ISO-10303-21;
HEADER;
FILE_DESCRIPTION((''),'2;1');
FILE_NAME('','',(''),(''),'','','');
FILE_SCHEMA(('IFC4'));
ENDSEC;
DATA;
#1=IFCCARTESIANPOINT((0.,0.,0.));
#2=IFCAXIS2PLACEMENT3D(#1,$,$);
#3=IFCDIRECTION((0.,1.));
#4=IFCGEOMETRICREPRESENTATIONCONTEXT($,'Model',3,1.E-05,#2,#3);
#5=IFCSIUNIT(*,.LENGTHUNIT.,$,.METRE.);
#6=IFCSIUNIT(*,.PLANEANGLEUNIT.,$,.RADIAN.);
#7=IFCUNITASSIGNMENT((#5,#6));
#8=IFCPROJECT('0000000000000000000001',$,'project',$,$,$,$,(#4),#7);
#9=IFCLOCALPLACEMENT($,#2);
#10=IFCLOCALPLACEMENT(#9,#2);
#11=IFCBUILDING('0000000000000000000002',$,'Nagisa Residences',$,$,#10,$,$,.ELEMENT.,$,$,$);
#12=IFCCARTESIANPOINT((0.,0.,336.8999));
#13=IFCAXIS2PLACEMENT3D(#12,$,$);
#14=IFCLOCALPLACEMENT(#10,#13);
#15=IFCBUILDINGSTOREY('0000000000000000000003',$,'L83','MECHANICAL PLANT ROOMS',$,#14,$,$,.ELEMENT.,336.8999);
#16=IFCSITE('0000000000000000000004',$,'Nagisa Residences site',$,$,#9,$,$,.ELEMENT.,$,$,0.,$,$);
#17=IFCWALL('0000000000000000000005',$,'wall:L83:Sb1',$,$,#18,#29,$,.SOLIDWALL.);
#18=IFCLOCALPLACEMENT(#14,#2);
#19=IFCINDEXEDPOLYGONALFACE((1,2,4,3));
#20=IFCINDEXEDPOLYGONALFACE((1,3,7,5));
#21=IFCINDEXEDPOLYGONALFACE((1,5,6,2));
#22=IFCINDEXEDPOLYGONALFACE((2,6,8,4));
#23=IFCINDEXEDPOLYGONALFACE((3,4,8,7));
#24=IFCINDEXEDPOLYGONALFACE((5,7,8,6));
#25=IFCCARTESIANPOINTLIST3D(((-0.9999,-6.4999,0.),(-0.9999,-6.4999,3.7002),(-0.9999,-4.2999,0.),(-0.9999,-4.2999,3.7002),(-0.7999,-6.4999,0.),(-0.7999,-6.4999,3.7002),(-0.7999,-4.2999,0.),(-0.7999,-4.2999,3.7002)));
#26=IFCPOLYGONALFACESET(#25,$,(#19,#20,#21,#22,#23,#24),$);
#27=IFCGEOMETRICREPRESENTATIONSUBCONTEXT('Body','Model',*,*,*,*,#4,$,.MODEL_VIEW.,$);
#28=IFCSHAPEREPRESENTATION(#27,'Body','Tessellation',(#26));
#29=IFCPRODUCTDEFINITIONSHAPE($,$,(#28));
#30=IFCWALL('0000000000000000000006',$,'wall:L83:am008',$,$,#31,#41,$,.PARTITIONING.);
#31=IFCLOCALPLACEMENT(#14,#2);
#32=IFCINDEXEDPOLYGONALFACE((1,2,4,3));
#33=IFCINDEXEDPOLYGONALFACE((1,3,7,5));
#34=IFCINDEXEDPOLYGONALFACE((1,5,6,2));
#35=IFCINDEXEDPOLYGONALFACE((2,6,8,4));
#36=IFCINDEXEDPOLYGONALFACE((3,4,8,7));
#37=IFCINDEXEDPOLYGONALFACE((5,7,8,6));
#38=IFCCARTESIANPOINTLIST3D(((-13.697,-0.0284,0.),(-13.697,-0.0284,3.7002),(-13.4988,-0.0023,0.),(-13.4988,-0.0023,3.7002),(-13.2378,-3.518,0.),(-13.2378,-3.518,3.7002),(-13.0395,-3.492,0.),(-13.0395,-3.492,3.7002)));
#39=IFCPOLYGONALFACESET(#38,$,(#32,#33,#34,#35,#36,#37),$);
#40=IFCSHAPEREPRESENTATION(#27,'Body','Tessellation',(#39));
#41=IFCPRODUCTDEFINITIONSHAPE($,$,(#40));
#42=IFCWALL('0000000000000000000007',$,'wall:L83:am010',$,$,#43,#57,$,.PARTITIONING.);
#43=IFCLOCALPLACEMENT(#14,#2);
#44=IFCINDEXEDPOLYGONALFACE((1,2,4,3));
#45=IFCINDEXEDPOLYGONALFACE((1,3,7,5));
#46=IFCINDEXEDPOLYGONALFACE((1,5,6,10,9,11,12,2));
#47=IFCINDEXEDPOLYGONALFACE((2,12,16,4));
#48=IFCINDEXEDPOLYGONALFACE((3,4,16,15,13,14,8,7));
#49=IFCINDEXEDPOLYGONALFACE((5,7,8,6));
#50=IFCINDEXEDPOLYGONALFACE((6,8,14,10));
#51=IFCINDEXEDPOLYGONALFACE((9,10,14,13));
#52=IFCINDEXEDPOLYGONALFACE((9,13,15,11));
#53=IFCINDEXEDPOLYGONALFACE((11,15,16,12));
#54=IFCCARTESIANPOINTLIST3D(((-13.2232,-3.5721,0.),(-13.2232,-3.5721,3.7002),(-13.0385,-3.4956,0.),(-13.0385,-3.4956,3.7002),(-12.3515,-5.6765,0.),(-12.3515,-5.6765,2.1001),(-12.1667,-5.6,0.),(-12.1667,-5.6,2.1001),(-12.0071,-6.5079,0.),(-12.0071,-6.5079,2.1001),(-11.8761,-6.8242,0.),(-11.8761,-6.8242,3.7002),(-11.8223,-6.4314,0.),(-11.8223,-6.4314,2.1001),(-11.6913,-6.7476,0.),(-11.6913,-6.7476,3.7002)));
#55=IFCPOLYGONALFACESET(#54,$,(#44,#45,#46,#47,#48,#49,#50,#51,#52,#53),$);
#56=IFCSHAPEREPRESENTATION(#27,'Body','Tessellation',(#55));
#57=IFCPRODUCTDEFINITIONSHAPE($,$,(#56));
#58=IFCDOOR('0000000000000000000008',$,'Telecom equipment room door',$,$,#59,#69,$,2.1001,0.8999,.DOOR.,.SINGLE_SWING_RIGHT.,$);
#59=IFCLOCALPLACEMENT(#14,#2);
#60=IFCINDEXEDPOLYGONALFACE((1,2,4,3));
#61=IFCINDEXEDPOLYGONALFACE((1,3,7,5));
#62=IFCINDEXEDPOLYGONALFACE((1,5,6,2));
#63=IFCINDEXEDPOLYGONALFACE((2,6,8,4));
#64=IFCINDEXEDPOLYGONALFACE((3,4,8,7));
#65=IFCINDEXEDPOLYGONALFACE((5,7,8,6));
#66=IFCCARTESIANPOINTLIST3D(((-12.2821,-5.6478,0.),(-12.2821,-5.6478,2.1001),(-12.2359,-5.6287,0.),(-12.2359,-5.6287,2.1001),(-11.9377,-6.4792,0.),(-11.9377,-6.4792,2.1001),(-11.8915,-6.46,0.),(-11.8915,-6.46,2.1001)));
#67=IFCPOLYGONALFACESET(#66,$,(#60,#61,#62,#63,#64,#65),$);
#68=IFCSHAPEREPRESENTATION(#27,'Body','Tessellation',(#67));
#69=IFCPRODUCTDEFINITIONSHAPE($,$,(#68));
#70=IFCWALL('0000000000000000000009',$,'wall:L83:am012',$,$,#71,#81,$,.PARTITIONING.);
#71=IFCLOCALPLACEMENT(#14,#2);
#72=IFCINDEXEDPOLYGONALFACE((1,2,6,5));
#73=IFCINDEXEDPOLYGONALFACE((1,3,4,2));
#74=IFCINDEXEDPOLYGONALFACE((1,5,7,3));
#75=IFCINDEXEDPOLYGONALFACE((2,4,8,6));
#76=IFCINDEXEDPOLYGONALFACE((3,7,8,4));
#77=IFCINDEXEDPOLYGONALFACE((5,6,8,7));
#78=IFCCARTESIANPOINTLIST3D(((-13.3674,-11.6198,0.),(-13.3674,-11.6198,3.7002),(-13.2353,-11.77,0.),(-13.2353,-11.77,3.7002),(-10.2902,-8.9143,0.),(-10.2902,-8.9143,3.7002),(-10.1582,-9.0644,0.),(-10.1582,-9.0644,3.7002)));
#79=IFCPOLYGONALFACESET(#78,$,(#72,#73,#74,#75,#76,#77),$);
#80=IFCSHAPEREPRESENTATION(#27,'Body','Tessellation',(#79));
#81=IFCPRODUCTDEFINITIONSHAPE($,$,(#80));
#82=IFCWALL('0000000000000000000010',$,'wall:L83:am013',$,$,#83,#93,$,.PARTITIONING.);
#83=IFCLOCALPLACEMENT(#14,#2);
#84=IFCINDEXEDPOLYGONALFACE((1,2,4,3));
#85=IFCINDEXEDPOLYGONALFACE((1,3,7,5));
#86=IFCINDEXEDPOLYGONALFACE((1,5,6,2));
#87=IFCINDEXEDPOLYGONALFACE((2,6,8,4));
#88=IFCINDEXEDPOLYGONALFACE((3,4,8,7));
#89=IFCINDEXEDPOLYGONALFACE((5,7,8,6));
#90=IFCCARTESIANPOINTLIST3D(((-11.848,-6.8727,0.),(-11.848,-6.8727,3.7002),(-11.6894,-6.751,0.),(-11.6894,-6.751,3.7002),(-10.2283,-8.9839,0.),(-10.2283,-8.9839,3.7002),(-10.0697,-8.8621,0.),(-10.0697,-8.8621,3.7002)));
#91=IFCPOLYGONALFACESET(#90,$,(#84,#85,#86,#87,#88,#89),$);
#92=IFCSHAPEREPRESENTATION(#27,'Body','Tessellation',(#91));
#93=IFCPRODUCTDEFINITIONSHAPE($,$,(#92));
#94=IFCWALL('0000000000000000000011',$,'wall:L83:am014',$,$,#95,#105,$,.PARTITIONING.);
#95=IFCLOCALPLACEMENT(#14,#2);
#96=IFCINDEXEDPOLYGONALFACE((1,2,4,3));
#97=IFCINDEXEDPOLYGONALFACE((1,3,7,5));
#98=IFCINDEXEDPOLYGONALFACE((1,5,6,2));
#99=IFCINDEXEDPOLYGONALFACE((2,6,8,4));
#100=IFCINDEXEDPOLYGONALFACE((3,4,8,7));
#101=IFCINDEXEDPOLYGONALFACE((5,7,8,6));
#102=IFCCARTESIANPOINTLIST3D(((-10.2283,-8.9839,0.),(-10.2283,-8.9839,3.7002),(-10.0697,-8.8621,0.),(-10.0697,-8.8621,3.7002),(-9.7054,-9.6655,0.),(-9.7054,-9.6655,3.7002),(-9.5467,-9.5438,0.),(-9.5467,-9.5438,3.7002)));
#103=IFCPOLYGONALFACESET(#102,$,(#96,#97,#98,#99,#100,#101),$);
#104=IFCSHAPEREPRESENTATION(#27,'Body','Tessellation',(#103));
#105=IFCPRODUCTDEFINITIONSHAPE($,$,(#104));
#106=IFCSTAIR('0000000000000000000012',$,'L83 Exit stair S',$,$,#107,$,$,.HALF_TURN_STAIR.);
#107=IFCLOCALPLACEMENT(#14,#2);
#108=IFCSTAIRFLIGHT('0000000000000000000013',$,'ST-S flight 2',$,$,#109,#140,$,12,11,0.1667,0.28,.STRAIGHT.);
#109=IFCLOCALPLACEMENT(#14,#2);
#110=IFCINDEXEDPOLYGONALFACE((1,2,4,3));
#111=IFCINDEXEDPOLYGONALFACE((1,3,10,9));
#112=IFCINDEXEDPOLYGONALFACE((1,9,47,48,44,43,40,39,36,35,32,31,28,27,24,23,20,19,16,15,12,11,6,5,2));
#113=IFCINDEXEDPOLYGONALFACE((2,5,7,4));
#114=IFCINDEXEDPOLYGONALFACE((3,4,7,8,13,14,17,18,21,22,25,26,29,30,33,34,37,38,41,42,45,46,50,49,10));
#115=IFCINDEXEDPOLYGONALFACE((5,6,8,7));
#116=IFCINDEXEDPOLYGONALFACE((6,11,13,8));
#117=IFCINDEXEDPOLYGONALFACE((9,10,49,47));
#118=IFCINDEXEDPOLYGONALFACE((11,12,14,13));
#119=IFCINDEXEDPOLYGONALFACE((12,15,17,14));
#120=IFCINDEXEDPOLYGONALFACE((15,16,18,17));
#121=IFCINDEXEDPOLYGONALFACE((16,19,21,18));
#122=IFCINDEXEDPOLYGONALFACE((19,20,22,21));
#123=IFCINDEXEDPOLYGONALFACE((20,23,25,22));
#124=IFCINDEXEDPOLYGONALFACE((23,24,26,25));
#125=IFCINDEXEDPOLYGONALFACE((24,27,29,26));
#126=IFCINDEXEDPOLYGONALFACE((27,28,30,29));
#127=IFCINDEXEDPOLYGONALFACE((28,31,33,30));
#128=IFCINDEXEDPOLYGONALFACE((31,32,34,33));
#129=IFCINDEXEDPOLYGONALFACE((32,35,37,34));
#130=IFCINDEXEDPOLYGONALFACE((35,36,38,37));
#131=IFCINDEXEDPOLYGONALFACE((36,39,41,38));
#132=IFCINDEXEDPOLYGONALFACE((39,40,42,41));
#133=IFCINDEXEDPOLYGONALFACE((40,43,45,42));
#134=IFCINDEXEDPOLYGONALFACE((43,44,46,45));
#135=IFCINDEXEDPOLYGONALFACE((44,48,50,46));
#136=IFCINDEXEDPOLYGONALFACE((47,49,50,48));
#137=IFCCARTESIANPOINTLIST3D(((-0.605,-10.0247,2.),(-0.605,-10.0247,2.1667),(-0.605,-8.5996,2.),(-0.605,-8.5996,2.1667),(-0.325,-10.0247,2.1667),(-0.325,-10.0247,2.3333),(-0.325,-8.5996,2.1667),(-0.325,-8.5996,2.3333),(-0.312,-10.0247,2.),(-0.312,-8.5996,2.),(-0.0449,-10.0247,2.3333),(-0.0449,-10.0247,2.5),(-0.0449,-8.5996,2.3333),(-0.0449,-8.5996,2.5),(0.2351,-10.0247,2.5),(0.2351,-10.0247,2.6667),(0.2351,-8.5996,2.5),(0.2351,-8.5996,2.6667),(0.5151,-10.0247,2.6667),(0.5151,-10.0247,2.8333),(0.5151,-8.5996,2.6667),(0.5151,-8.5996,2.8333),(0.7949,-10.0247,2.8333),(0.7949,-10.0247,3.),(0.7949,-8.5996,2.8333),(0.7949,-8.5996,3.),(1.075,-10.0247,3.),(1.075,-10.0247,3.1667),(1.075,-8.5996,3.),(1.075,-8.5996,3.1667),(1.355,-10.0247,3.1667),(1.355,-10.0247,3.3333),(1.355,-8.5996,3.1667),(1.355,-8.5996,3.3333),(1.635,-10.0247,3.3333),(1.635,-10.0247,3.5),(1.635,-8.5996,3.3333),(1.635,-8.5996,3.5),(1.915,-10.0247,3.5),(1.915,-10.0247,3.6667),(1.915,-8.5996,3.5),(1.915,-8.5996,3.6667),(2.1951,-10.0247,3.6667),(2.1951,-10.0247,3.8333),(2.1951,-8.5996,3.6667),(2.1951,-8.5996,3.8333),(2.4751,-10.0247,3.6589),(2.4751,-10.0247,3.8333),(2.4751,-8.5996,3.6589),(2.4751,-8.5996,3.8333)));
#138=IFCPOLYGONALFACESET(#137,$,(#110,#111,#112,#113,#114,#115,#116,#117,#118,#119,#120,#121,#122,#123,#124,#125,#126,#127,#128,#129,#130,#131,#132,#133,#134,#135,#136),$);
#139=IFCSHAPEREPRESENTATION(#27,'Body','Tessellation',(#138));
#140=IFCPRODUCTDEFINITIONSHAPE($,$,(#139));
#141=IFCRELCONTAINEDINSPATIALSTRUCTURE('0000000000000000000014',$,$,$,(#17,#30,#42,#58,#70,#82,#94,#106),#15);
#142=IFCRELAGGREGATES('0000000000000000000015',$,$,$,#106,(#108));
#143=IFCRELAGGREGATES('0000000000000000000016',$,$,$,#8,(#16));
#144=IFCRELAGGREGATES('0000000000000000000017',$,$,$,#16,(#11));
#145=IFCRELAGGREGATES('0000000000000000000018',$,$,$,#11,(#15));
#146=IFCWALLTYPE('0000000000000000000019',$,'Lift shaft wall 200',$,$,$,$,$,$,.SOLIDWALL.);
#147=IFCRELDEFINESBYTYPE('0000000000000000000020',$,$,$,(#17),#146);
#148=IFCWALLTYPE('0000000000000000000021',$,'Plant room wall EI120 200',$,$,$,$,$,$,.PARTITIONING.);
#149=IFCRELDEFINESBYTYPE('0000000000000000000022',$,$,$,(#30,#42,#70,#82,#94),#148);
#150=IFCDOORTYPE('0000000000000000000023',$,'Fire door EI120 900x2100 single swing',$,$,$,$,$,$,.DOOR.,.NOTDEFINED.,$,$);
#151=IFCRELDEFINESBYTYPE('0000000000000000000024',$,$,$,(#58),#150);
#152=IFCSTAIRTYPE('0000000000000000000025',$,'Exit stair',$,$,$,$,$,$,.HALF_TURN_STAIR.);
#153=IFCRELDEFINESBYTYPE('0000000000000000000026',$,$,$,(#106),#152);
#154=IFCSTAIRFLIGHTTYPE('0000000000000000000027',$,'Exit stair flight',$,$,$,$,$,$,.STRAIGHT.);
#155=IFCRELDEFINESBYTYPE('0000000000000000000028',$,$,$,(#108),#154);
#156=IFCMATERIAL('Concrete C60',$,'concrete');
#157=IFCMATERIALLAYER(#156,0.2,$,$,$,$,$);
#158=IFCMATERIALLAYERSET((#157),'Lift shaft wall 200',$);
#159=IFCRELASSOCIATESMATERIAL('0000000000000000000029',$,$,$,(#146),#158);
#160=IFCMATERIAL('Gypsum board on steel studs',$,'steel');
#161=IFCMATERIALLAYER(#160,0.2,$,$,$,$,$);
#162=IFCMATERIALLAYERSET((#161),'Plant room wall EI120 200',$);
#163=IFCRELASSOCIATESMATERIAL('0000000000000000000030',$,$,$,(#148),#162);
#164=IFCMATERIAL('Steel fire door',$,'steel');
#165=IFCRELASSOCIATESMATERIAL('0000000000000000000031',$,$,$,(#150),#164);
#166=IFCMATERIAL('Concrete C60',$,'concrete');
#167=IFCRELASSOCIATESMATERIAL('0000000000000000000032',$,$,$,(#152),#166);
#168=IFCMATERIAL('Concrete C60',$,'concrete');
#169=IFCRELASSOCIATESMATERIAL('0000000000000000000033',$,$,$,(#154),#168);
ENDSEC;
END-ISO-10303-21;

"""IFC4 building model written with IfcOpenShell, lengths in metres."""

from ifc_helpers import new_model, si_unit, direction, frame, frame_2d, origin, place, context, subcontext, project, spatial, polyline, rectangle, outline, extrude, material, layer, layer_set, type_object, element, fill, aggregate, save


model = new_model("IFC4")

# Units and contexts
model_context = context("Model", 3, precision=1e-05, world=origin(), true_north=direction((0.0, 1.0)))
body_context = subcontext(model_context, "Body", "Model", "MODEL_VIEW")
ifc_project = project(units=[si_unit("LENGTHUNIT", "METRE"), si_unit("PLANEANGLEUNIT", "RADIAN")], contexts=[model_context])

# Site, building, storey
site_placement = place(None, origin())
site = spatial("IfcSite", under=ifc_project, at=site_placement, Name="Nagisa Residences site", CompositionType="ELEMENT", RefElevation=0.0)
building_placement = place(site_placement, origin())
building = spatial("IfcBuilding", under=site, at=building_placement, Name="Nagisa Residences", CompositionType="ELEMENT")
storey_placement = place(building_placement, frame((0.0, 0.0, 336.8999)))
storey = spatial("IfcBuildingStorey", under=building, at=storey_placement, Name="L83", Description="MECHANICAL PLANT ROOMS", CompositionType="ELEMENT", Elevation=336.8999)

# Shared definitions
ifc_material_1 = material(Name="Concrete C60", Category="concrete")
ifc_layer_1 = layer(ifc_material_1, 0.2)
ifc_layer_set_1 = layer_set([ifc_layer_1], Name="Lift shaft wall 200")
wall_type_1 = type_object("IfcWallType", Name="Lift shaft wall 200", PredefinedType="SOLIDWALL", material=ifc_layer_set_1)

# Walls
wall_1_placement = place(storey_placement, frame((-0.8999, -6.5, 0.0), z_axis=(0.0, 0.0, 1.0), x_axis=(0.0, 1.0, 0.0)))
element("IfcWall", 1, at=wall_1_placement, inside=storey, type_object=wall_type_1, Name="wall:L83:Sb1", PredefinedType="SOLIDWALL", context=body_context, shape_type="SweptSolid", body=[
    extrude(rectangle(XDim=2.2, YDim=0.2, at=frame_2d((1.1001, 0.0))), origin(), (0.0, 0.0, 1.0), 3.7002),
])
ifc_material_2 = material(Name="Gypsum board on steel studs", Category="steel")
ifc_layer_2 = layer(ifc_material_2, 0.2)
ifc_layer_set_2 = layer_set([ifc_layer_2], Name="Plant room wall EI120 200")
wall_type_2 = type_object("IfcWallType", Name="Plant room wall EI120 200", PredefinedType="PARTITIONING", material=ifc_layer_set_2)
wall_2_placement = place(storey_placement, frame((-13.1387, -3.5049, 0.0), z_axis=(0.0, 0.0, 1.0), x_axis=(-0.130469, 0.991452, 0.0)))
element("IfcWall", 2, at=wall_2_placement, inside=storey, type_object=wall_type_2, Name="wall:L83:am008", PredefinedType="PARTITIONING", context=body_context, shape_type="SweptSolid", body=[
    extrude(rectangle(XDim=3.5198, YDim=0.2, at=frame_2d((1.7598, 0.0))), origin(), (0.0, 0.0, 1.0), 3.7002),
])

# Wall, opening, door
wall_3_placement = place(storey_placement, frame((-11.7837, -6.7859, 0.0), z_axis=(0.0, 0.0, 1.0), x_axis=(-0.382723, 0.923863, 0.0)))
wall_3 = element("IfcWall", 3, at=wall_3_placement, inside=storey, type_object=wall_type_2, Name="wall:L83:am010", PredefinedType="PARTITIONING", context=body_context, shape_type="SweptSolid", body=[
    extrude(rectangle(XDim=3.52, YDim=0.2, at=frame_2d((1.76, 0.0))), origin(), (0.0, 0.0, 1.0), 3.7002),
])
opening_1_placement = place(wall_3_placement, frame((0.3423, 0.0, 0.0)))
opening_1 = element("IfcOpeningElement", 4, at=opening_1_placement, cuts=wall_3, PredefinedType="OPENING", context=body_context, shape_type="SweptSolid", body=[
    extrude(rectangle(XDim=0.8999, YDim=2.1001, at=frame_2d((0.45, 1.05))), frame((0.0, 0.1099, 0.0), z_axis=(0.0, -1.0, 0.0), x_axis=(1.0, 0.0, 0.0)), (0.0, 0.0, 1.0), 0.22),
])
ifc_material_3 = material(Name="Steel fire door", Category="steel")
door_type_1 = type_object("IfcDoorType", Name="Fire door EI120 900x2100 single swing", OperationType="NOTDEFINED", PredefinedType="DOOR", material=ifc_material_3)
door_1_placement = place(opening_1_placement, origin())
door_1 = element("IfcDoor", 5, at=door_1_placement, inside=storey, type_object=door_type_1, Name="Telecom equipment room door", OperationType="SINGLE_SWING_RIGHT", OverallHeight=2.1001, OverallWidth=0.8999, PredefinedType="DOOR", context=body_context, shape_type="SweptSolid", body=[
    extrude(rectangle(XDim=0.8999, YDim=2.1001, at=frame_2d((0.45, 1.05))), frame((0.0, 0.0249, 0.0), z_axis=(0.0, -1.0, 0.0), x_axis=(1.0, 0.0, 0.0)), (0.0, 0.0, 1.0), 0.05),
])
fill(opening_1, door_1)

# Walls
wall_4_placement = place(storey_placement, frame((-10.2241, -8.9893, 0.0), z_axis=(0.0, 0.0, 1.0), x_axis=(-0.750995, -0.660308, 0.0)))
element("IfcWall", 6, at=wall_4_placement, inside=storey, type_object=wall_type_2, Name="wall:L83:am012", PredefinedType="PARTITIONING", context=body_context, shape_type="SweptSolid", body=[
    extrude(rectangle(XDim=4.0974, YDim=0.2, at=frame_2d((2.0488, 0.0))), origin(), (0.0, 0.0, 1.0), 3.7002),
])
wall_5_placement = place(storey_placement, frame((-10.1489, -8.9231, 0.0), z_axis=(0.0, 0.0, 1.0), x_axis=(-0.608699, 0.793401, 0.0)))
element("IfcWall", 7, at=wall_5_placement, inside=storey, type_object=wall_type_2, Name="wall:L83:am013", PredefinedType="PARTITIONING", context=body_context, shape_type="SweptSolid", body=[
    extrude(rectangle(XDim=2.6609, YDim=0.2, at=frame_2d((1.3306, 0.0))), origin(), (0.0, 0.0, 1.0), 3.7002),
])
wall_6_placement = place(storey_placement, frame((-9.626, -9.6047, 0.0), z_axis=(0.0, 0.0, 1.0), x_axis=(-0.608694, 0.793405, 0.0)))
element("IfcWall", 8, at=wall_6_placement, inside=storey, type_object=wall_type_2, Name="wall:L83:am014", PredefinedType="PARTITIONING", context=body_context, shape_type="SweptSolid", body=[
    extrude(rectangle(XDim=0.8591, YDim=0.2, at=frame_2d((0.4297, 0.0))), origin(), (0.0, 0.0, 1.0), 3.7002),
])

# Stair, stair flight
ifc_material_4 = material(Name="Concrete C60", Category="concrete")
stair_type = type_object("IfcStairType", Name="Exit stair", PredefinedType="HALF_TURN_STAIR", material=ifc_material_4)
stair_placement = place(storey_placement, origin())
stair = element("IfcStair", 9, at=stair_placement, inside=storey, type_object=stair_type, Name="L83 Exit stair S", PredefinedType="HALF_TURN_STAIR")
ifc_material_5 = material(Name="Concrete C60", Category="concrete")
stair_flight_type = type_object("IfcStairFlightType", Name="Exit stair flight", PredefinedType="STRAIGHT", material=ifc_material_5)
stair_flight_placement = place(storey_placement, frame((-0.605, -9.312, 2.0), z_axis=(0.0, 0.0, 1.0), x_axis=(1.0, 0.0, 0.0)))
stair_flight = element("IfcStairFlight", 10, at=stair_flight_placement, type_object=stair_flight_type, Name="ST-S flight 2", NumberOfRisers=12, NumberOfTreads=11, PredefinedType="STRAIGHT", RiserHeight=0.1667, TreadLength=0.28, context=body_context, shape_type="SweptSolid", body=[
    extrude(outline(polyline([(0.0, 0.0), (0.0, 0.1667), (0.28, 0.1667), (0.28, 0.3333), (0.5601, 0.3333), (0.5601, 0.5), (0.8401, 0.5), (0.8401, 0.6667), (1.1201, 0.6667), (1.1201, 0.8333), (1.3999, 0.8333), (1.3999, 1.0), (1.6799, 1.0), (1.6799, 1.1667), (1.96, 1.1667), (1.96, 1.3333), (2.24, 1.3333), (2.24, 1.5), (2.52, 1.5), (2.52, 1.6667), (2.8, 1.6667), (2.8, 1.8333), (3.0801, 1.8333), (3.0801, 2.0), (3.0801, 1.6589), (0.293, 0.0), (0.0, 0.0)])), frame((0.0, 0.7124, 0.0), z_axis=(0.0, -1.0, 0.0), x_axis=(1.0, 0.0, 0.0)), (0.0, 0.0, 1.0), 1.425),
])
aggregate(stair, [stair_flight])

save(model, "model.ifc")
